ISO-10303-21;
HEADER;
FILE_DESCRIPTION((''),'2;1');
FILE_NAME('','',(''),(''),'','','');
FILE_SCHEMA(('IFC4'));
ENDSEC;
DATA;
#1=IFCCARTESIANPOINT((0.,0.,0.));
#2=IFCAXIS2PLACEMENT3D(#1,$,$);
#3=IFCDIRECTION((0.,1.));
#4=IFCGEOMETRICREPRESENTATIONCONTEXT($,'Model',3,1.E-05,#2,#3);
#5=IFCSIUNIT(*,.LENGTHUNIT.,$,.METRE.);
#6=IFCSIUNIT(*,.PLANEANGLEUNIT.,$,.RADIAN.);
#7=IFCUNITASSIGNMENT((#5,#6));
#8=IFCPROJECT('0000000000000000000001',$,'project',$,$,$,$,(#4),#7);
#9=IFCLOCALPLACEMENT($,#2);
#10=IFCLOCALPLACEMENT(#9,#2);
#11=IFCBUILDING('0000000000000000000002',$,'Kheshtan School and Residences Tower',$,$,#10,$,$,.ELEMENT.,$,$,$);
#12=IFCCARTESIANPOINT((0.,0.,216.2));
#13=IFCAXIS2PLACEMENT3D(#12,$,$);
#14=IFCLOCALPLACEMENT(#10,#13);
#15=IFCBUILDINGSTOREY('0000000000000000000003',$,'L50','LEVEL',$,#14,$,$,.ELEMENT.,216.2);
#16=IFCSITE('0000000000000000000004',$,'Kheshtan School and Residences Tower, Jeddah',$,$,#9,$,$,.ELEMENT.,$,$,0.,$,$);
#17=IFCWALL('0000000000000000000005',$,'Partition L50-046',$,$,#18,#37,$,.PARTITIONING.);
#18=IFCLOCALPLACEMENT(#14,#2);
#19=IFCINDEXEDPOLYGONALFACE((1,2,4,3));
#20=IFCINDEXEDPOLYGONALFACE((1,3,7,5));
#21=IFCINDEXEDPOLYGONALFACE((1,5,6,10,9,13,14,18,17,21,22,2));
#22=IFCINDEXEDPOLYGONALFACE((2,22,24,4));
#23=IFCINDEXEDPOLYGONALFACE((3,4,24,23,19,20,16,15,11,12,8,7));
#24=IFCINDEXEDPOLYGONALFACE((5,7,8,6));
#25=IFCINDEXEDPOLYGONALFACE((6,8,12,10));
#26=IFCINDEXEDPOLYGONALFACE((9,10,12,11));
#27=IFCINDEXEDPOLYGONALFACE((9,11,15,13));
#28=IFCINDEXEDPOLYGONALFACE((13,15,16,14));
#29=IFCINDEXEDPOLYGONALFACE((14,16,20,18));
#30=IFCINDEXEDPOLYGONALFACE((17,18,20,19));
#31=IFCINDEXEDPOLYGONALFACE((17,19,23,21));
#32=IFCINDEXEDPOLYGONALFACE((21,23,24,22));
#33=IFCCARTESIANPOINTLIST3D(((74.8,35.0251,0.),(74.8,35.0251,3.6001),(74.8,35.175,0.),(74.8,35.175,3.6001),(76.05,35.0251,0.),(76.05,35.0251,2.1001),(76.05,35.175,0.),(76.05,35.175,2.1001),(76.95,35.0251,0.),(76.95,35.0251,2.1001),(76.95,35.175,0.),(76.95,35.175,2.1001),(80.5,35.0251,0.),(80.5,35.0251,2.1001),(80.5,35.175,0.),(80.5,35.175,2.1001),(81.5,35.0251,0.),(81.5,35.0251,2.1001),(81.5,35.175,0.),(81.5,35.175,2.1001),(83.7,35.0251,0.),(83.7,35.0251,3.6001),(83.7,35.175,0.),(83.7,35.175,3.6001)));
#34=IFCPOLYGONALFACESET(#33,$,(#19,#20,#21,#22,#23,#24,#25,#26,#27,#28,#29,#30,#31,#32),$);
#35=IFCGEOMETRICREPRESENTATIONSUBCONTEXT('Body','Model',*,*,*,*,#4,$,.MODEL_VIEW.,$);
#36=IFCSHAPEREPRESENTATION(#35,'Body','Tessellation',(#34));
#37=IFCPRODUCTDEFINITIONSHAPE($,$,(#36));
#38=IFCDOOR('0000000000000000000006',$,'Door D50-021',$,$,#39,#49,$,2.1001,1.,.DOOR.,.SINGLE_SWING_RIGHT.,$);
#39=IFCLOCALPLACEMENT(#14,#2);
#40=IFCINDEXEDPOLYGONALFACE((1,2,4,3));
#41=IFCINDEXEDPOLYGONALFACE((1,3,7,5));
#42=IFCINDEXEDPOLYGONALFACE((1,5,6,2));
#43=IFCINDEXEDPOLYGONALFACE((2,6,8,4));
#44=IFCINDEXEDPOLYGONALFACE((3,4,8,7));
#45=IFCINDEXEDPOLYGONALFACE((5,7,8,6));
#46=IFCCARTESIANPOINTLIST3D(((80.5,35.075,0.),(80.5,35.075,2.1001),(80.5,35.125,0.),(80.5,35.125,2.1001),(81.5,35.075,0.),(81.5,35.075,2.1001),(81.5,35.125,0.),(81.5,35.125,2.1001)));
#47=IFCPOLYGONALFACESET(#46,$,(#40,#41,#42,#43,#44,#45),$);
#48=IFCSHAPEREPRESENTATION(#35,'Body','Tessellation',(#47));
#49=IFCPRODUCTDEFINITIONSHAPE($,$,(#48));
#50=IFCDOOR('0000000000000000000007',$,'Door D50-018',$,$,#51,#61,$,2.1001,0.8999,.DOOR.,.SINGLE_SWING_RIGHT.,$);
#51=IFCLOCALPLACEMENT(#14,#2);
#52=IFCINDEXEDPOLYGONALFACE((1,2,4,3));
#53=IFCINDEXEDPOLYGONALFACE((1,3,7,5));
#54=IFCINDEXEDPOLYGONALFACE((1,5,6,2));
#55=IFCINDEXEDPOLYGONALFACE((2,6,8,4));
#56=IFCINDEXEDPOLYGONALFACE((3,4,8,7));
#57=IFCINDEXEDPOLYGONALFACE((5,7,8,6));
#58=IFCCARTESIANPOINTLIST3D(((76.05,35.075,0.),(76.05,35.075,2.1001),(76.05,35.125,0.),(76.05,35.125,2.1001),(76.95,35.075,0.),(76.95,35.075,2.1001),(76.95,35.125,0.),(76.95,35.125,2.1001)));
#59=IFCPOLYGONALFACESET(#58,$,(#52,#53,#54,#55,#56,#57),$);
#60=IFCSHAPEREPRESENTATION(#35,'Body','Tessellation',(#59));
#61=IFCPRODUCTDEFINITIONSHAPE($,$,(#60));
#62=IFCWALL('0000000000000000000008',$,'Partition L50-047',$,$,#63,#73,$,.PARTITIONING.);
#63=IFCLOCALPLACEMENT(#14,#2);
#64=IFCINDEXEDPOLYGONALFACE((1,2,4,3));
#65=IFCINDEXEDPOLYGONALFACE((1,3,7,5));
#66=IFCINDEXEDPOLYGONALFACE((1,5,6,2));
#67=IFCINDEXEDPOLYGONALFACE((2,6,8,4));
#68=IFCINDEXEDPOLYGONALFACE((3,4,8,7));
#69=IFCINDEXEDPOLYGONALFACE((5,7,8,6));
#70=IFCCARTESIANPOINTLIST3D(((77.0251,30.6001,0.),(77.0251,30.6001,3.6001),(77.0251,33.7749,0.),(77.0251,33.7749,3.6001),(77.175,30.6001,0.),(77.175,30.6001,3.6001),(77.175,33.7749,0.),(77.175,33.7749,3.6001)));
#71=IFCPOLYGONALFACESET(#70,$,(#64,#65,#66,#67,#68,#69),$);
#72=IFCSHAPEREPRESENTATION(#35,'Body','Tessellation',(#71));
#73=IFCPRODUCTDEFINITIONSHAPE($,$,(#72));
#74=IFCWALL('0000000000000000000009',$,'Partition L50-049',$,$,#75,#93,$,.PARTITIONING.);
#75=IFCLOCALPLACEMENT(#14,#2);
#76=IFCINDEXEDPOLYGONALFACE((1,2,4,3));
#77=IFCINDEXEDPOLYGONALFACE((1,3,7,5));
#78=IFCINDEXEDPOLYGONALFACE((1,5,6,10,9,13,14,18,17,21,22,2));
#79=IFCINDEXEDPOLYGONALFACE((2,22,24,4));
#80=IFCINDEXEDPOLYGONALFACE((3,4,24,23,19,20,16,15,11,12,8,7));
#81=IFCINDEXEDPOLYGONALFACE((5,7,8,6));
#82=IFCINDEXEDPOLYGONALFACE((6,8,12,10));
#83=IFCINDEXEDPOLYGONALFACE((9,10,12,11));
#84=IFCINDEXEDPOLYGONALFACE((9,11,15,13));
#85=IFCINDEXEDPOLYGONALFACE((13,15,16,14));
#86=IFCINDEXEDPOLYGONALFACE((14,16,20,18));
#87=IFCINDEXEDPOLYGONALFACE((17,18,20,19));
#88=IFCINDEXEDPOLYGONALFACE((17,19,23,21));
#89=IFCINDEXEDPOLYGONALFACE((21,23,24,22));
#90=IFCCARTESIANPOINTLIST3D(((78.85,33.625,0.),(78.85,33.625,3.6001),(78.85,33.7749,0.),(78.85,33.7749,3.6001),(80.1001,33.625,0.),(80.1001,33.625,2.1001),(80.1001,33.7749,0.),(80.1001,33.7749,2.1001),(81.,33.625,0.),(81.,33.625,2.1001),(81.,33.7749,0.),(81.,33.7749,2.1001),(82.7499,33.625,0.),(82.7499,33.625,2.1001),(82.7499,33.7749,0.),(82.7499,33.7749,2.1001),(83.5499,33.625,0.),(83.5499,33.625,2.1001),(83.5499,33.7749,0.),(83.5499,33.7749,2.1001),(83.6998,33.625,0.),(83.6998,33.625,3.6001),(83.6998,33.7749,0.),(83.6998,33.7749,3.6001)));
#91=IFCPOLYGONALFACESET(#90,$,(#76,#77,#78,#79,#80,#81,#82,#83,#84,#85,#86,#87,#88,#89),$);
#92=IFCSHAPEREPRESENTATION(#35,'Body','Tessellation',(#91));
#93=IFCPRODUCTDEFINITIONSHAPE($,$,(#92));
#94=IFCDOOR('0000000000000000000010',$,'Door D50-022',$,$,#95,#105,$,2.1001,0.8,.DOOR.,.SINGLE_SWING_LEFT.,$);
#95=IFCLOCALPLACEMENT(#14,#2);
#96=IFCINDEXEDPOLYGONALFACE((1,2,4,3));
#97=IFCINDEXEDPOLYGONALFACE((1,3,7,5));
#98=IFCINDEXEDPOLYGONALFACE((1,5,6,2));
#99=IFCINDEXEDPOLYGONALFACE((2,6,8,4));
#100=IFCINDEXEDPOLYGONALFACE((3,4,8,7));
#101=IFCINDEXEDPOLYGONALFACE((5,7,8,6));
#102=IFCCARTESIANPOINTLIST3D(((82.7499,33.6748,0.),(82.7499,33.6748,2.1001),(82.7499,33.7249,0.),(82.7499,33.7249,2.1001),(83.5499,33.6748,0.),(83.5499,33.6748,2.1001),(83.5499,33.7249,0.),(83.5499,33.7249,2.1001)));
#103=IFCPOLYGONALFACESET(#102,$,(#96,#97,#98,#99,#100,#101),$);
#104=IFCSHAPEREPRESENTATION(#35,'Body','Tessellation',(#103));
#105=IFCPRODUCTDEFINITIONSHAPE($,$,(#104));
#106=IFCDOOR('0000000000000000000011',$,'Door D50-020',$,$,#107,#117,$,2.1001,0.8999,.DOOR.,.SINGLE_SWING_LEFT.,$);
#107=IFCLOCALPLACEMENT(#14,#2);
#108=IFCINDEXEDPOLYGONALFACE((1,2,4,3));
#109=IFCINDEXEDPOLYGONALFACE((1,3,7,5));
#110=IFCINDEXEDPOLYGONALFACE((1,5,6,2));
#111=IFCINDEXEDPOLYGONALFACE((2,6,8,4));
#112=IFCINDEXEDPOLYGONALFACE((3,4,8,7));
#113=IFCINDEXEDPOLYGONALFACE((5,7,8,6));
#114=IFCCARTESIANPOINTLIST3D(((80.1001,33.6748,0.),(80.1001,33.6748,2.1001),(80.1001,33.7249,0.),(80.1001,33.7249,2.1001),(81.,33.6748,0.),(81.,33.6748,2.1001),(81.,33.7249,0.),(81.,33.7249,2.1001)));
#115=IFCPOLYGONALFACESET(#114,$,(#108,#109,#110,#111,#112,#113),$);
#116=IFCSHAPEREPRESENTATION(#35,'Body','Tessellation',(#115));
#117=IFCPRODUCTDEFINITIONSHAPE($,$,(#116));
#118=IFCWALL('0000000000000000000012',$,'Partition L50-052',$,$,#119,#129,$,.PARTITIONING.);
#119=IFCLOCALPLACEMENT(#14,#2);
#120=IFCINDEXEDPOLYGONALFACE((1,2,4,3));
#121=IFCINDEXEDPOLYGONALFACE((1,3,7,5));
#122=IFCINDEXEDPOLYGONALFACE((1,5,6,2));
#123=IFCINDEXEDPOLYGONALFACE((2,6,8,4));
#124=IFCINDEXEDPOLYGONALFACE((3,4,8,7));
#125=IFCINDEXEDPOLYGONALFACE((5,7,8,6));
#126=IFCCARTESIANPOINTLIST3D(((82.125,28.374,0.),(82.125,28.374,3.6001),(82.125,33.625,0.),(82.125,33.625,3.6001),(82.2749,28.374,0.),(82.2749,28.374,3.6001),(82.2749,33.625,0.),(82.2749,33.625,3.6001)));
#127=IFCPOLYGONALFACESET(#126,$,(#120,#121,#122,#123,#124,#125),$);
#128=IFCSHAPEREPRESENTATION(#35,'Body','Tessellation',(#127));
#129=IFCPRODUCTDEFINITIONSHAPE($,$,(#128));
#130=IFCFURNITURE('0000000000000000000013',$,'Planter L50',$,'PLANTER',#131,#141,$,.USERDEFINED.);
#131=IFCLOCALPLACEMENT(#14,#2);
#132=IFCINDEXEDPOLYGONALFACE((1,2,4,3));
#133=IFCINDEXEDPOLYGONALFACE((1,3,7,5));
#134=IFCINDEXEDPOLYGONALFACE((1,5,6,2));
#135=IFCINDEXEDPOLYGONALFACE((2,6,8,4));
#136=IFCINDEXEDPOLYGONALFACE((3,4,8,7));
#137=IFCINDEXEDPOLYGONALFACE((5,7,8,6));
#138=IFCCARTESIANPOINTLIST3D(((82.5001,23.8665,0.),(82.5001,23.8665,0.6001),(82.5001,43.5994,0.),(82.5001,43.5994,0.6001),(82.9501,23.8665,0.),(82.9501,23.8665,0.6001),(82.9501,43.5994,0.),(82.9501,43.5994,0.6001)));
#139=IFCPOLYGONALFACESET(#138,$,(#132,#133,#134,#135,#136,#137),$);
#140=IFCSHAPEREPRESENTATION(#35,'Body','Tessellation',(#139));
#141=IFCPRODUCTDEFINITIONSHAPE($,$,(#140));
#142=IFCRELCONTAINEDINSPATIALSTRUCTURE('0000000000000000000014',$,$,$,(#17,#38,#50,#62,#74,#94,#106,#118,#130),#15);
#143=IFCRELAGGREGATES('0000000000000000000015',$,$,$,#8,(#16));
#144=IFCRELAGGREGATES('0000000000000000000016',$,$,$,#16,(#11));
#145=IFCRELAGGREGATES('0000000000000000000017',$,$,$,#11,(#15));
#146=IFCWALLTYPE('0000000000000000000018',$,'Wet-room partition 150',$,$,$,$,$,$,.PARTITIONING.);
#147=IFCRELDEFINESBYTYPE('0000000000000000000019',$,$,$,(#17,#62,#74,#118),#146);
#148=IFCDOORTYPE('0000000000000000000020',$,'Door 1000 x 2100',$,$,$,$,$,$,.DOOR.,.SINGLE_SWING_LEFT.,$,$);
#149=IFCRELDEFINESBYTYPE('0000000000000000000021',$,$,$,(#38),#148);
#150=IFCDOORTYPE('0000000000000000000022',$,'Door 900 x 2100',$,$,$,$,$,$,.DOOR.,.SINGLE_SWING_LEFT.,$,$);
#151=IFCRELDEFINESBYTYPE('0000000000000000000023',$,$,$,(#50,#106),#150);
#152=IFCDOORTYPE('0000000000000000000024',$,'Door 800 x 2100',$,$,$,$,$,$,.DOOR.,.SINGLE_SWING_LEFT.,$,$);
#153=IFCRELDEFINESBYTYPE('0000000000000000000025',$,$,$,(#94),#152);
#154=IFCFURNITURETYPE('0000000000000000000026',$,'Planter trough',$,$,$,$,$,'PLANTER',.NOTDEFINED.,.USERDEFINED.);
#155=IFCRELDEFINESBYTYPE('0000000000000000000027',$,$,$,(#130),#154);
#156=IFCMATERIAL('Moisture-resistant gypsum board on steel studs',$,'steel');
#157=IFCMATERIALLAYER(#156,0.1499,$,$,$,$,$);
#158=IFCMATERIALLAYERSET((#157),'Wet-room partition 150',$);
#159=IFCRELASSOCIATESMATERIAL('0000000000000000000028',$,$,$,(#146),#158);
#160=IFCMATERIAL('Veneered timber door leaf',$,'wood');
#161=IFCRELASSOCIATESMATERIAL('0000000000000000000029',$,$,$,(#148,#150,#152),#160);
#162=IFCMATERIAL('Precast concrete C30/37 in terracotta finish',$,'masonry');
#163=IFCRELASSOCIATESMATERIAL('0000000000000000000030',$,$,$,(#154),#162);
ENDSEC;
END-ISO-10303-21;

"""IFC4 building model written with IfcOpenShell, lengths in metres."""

from ifc_helpers import new_model, si_unit, direction, frame, frame_2d, origin, origin_2d, place, context, subcontext, project, spatial, rectangle, extrude, source, transform, mapped, material, layer, layer_set, type_object, element, fill, save


model = new_model("IFC4")

# Units and contexts
model_context = context("Model", 3, precision=1e-05, world=origin(), true_north=direction((0.0, 1.0)))
body_context = subcontext(model_context, "Body", "Model", "MODEL_VIEW")
ifc_project = project(units=[si_unit("LENGTHUNIT", "METRE"), si_unit("PLANEANGLEUNIT", "RADIAN")], contexts=[model_context])

# Site, building, storey
site_placement = place(None, origin())
site = spatial("IfcSite", under=ifc_project, at=site_placement, Name="Kheshtan School and Residences Tower, Jeddah", CompositionType="ELEMENT", RefElevation=0.0)
building_placement = place(site_placement, origin())
building = spatial("IfcBuilding", under=site, at=building_placement, Name="Kheshtan School and Residences Tower", CompositionType="ELEMENT")
storey_placement = place(building_placement, frame((0.0, 0.0, 216.2)))
storey = spatial("IfcBuildingStorey", under=building, at=storey_placement, Name="L50", Description="LEVEL", CompositionType="ELEMENT", Elevation=216.2)

# Wall, openings, doors
ifc_material_1 = material(Name="Moisture-resistant gypsum board on steel studs", Category="steel")
ifc_layer_1 = layer(ifc_material_1, 0.1499)
ifc_layer_set_1 = layer_set([ifc_layer_1], Name="Wet-room partition 150")
wall_type_1 = type_object("IfcWallType", Name="Wet-room partition 150", PredefinedType="PARTITIONING", material=ifc_layer_set_1)
wall_1_placement = place(storey_placement, frame((74.8, 35.1001, 0.0), z_axis=(0.0, 0.0, 1.0), x_axis=(1.0, 0.0, 0.0)))
wall_1 = element("IfcWall", 1, at=wall_1_placement, inside=storey, type_object=wall_type_1, Name="Partition L50-046", PredefinedType="PARTITIONING", context=body_context, shape_type="SweptSolid", body=[
    extrude(rectangle(XDim=8.8999, YDim=0.1499, at=frame_2d((4.45, 0.0))), origin(), (0.0, 0.0, 1.0), 3.6001),
])
opening_1_placement = place(wall_1_placement, frame((1.25, 0.0, 0.0)))
opening_1 = element("IfcOpeningElement", 2, at=opening_1_placement, cuts=wall_1, PredefinedType="OPENING", context=body_context, shape_type="SweptSolid", body=[
    extrude(rectangle(XDim=0.8999, YDim=2.1001, at=frame_2d((0.45, 1.05))), frame((0.0, 0.085, 0.0), z_axis=(0.0, -1.0, 0.0), x_axis=(1.0, 0.0, 0.0)), (0.0, 0.0, 1.0), 0.1699),
])
opening_2_placement = place(wall_1_placement, frame((5.7, 0.0, 0.0)))
opening_2 = element("IfcOpeningElement", 3, at=opening_2_placement, cuts=wall_1, PredefinedType="OPENING", context=body_context, shape_type="SweptSolid", body=[
    extrude(rectangle(XDim=1.0, YDim=2.1001, at=frame_2d((0.5, 1.05))), frame((0.0, 0.085, 0.0), z_axis=(0.0, -1.0, 0.0), x_axis=(1.0, 0.0, 0.0)), (0.0, 0.0, 1.0), 0.1699),
])
ifc_material_2 = material(Name="Veneered timber door leaf", Category="wood")
door_type_1 = type_object("IfcDoorType", Name="Door 1000 x 2100", OperationType="SINGLE_SWING_LEFT", PredefinedType="DOOR", material=ifc_material_2)
shared_shape_1 = source(origin(), body_context, "Body", "SweptSolid", [
    extrude(rectangle(XDim=1.0, YDim=2.1001, at=frame_2d((0.5, 1.05))), frame((0.0, 0.0249, 0.0), z_axis=(0.0, -1.0, 0.0), x_axis=(1.0, 0.0, 0.0)), (0.0, 0.0, 1.0), 0.05),
])
door_1_placement = place(opening_2_placement, origin())
door_1 = element("IfcDoor", 4, at=door_1_placement, inside=storey, type_object=door_type_1, Name="Door D50-021", OperationType="SINGLE_SWING_RIGHT", OverallHeight=2.1001, OverallWidth=1.0, PredefinedType="DOOR", context=body_context, shape_type="MappedRepresentation", body=[
    mapped(shared_shape_1, transform((0.0, 0.0, 0.0), x_axis=(1.0, 0.0, 0.0), y_axis=(0.0, 1.0, 0.0), z_axis=(0.0, 0.0, 1.0), scale=1.0)),
])
fill(opening_2, door_1)
door_type_2 = type_object("IfcDoorType", Name="Door 900 x 2100", OperationType="SINGLE_SWING_LEFT", PredefinedType="DOOR", material=ifc_material_2)
shared_shape_2 = source(origin(), body_context, "Body", "SweptSolid", [
    extrude(rectangle(XDim=0.8999, YDim=2.1001, at=frame_2d((0.45, 1.05))), frame((0.0, 0.0249, 0.0), z_axis=(0.0, -1.0, 0.0), x_axis=(1.0, 0.0, 0.0)), (0.0, 0.0, 1.0), 0.05),
])
door_2_placement = place(opening_1_placement, origin())
door_2 = element("IfcDoor", 5, at=door_2_placement, inside=storey, type_object=door_type_2, Name="Door D50-018", OperationType="SINGLE_SWING_RIGHT", OverallHeight=2.1001, OverallWidth=0.8999, PredefinedType="DOOR", context=body_context, shape_type="MappedRepresentation", body=[
    mapped(shared_shape_2, transform((0.0, 0.0, 0.0), x_axis=(1.0, 0.0, 0.0), y_axis=(0.0, 1.0, 0.0), z_axis=(0.0, 0.0, 1.0), scale=1.0)),
])
fill(opening_1, door_2)

# Wall
wall_2_placement = place(storey_placement, frame((77.1001, 30.6001, 0.0), z_axis=(0.0, 0.0, 1.0), x_axis=(0.0, 1.0, 0.0)))
element("IfcWall", 6, at=wall_2_placement, inside=storey, type_object=wall_type_1, Name="Partition L50-047", PredefinedType="PARTITIONING", context=body_context, shape_type="SweptSolid", body=[
    extrude(rectangle(XDim=3.1748, YDim=0.1499, at=frame_2d((1.5874, 0.0))), origin(), (0.0, 0.0, 1.0), 3.6001),
])

# Wall, openings, doors
wall_3_placement = place(storey_placement, frame((78.8501, 33.7, 0.0), z_axis=(0.0, 0.0, 1.0), x_axis=(1.0, 0.0, 0.0)))
wall_3 = element("IfcWall", 7, at=wall_3_placement, inside=storey, type_object=wall_type_1, Name="Partition L50-049", PredefinedType="PARTITIONING", context=body_context, shape_type="SweptSolid", body=[
    extrude(rectangle(XDim=4.8499, YDim=0.1499, at=frame_2d((2.4248, 0.0))), origin(), (0.0, 0.0, 1.0), 3.6001),
])
opening_3_placement = place(wall_3_placement, frame((1.25, 0.0, 0.0)))
opening_3 = element("IfcOpeningElement", 8, at=opening_3_placement, cuts=wall_3, PredefinedType="OPENING", context=body_context, shape_type="SweptSolid", body=[
    extrude(rectangle(XDim=0.8999, YDim=2.1001, at=frame_2d((0.45, 1.05))), frame((0.0, 0.085, 0.0), z_axis=(0.0, -1.0, 0.0), x_axis=(1.0, 0.0, 0.0)), (0.0, 0.0, 1.0), 0.1699),
])
opening_4_placement = place(wall_3_placement, frame((3.8999, 0.0, 0.0)))
opening_4 = element("IfcOpeningElement", 9, at=opening_4_placement, cuts=wall_3, PredefinedType="OPENING", context=body_context, shape_type="SweptSolid", body=[
    extrude(rectangle(XDim=0.8, YDim=2.1001, at=frame_2d((0.3999, 1.05))), frame((0.0, 0.085, 0.0), z_axis=(0.0, -1.0, 0.0), x_axis=(1.0, 0.0, 0.0)), (0.0, 0.0, 1.0), 0.1699),
])
door_type_3 = type_object("IfcDoorType", Name="Door 800 x 2100", OperationType="SINGLE_SWING_LEFT", PredefinedType="DOOR", material=ifc_material_2)
shared_shape_3 = source(origin(), body_context, "Body", "SweptSolid", [
    extrude(rectangle(XDim=0.8, YDim=2.1001, at=frame_2d((0.3999, 1.05))), frame((0.0, 0.0249, 0.0), z_axis=(0.0, -1.0, 0.0), x_axis=(1.0, 0.0, 0.0)), (0.0, 0.0, 1.0), 0.05),
])
door_3_placement = place(opening_4_placement, origin())
door_3 = element("IfcDoor", 10, at=door_3_placement, inside=storey, type_object=door_type_3, Name="Door D50-022", OperationType="SINGLE_SWING_LEFT", OverallHeight=2.1001, OverallWidth=0.8, PredefinedType="DOOR", context=body_context, shape_type="MappedRepresentation", body=[
    mapped(shared_shape_3, transform((0.0, 0.0, 0.0), x_axis=(1.0, 0.0, 0.0), y_axis=(0.0, 1.0, 0.0), z_axis=(0.0, 0.0, 1.0), scale=1.0)),
])
fill(opening_4, door_3)
door_4_placement = place(opening_3_placement, origin())
door_4 = element("IfcDoor", 11, at=door_4_placement, inside=storey, type_object=door_type_2, Name="Door D50-020", OperationType="SINGLE_SWING_LEFT", OverallHeight=2.1001, OverallWidth=0.8999, PredefinedType="DOOR", context=body_context, shape_type="MappedRepresentation", body=[
    mapped(shared_shape_2, transform((0.0, 0.0, 0.0), x_axis=(1.0, 0.0, 0.0), y_axis=(0.0, 1.0, 0.0), z_axis=(0.0, 0.0, 1.0), scale=1.0)),
])
fill(opening_3, door_4)

# Wall
wall_4_placement = place(storey_placement, frame((82.2, 28.374, 0.0), z_axis=(0.0, 0.0, 1.0), x_axis=(0.0, 1.0, 0.0)))
element("IfcWall", 12, at=wall_4_placement, inside=storey, type_object=wall_type_1, Name="Partition L50-052", PredefinedType="PARTITIONING", context=body_context, shape_type="SweptSolid", body=[
    extrude(rectangle(XDim=5.251, YDim=0.1499, at=frame_2d((2.6255, 0.0))), origin(), (0.0, 0.0, 1.0), 3.6001),
])

# Furniture
ifc_material_3 = material(Name="Precast concrete C30/37 in terracotta finish", Category="masonry")
furniture_type = type_object("IfcFurnitureType", Name="Planter trough", ElementType="PLANTER", AssemblyPlace="NOTDEFINED", PredefinedType="USERDEFINED", material=ifc_material_3)
furniture_placement = place(storey_placement, frame((82.7251, 33.7329, 0.0), z_axis=(0.0, 0.0, 1.0), x_axis=(0.0, -1.0, 0.0)))
element("IfcFurniture", 13, at=furniture_placement, inside=storey, type_object=furniture_type, Name="Planter L50", ObjectType="PLANTER", PredefinedType="USERDEFINED", context=body_context, shape_type="SweptSolid", body=[
    extrude(rectangle(XDim=19.7329, YDim=0.45, at=origin_2d()), origin(), (0.0, 0.0, 1.0), 0.6001),
])

save(model, "model.ifc")
